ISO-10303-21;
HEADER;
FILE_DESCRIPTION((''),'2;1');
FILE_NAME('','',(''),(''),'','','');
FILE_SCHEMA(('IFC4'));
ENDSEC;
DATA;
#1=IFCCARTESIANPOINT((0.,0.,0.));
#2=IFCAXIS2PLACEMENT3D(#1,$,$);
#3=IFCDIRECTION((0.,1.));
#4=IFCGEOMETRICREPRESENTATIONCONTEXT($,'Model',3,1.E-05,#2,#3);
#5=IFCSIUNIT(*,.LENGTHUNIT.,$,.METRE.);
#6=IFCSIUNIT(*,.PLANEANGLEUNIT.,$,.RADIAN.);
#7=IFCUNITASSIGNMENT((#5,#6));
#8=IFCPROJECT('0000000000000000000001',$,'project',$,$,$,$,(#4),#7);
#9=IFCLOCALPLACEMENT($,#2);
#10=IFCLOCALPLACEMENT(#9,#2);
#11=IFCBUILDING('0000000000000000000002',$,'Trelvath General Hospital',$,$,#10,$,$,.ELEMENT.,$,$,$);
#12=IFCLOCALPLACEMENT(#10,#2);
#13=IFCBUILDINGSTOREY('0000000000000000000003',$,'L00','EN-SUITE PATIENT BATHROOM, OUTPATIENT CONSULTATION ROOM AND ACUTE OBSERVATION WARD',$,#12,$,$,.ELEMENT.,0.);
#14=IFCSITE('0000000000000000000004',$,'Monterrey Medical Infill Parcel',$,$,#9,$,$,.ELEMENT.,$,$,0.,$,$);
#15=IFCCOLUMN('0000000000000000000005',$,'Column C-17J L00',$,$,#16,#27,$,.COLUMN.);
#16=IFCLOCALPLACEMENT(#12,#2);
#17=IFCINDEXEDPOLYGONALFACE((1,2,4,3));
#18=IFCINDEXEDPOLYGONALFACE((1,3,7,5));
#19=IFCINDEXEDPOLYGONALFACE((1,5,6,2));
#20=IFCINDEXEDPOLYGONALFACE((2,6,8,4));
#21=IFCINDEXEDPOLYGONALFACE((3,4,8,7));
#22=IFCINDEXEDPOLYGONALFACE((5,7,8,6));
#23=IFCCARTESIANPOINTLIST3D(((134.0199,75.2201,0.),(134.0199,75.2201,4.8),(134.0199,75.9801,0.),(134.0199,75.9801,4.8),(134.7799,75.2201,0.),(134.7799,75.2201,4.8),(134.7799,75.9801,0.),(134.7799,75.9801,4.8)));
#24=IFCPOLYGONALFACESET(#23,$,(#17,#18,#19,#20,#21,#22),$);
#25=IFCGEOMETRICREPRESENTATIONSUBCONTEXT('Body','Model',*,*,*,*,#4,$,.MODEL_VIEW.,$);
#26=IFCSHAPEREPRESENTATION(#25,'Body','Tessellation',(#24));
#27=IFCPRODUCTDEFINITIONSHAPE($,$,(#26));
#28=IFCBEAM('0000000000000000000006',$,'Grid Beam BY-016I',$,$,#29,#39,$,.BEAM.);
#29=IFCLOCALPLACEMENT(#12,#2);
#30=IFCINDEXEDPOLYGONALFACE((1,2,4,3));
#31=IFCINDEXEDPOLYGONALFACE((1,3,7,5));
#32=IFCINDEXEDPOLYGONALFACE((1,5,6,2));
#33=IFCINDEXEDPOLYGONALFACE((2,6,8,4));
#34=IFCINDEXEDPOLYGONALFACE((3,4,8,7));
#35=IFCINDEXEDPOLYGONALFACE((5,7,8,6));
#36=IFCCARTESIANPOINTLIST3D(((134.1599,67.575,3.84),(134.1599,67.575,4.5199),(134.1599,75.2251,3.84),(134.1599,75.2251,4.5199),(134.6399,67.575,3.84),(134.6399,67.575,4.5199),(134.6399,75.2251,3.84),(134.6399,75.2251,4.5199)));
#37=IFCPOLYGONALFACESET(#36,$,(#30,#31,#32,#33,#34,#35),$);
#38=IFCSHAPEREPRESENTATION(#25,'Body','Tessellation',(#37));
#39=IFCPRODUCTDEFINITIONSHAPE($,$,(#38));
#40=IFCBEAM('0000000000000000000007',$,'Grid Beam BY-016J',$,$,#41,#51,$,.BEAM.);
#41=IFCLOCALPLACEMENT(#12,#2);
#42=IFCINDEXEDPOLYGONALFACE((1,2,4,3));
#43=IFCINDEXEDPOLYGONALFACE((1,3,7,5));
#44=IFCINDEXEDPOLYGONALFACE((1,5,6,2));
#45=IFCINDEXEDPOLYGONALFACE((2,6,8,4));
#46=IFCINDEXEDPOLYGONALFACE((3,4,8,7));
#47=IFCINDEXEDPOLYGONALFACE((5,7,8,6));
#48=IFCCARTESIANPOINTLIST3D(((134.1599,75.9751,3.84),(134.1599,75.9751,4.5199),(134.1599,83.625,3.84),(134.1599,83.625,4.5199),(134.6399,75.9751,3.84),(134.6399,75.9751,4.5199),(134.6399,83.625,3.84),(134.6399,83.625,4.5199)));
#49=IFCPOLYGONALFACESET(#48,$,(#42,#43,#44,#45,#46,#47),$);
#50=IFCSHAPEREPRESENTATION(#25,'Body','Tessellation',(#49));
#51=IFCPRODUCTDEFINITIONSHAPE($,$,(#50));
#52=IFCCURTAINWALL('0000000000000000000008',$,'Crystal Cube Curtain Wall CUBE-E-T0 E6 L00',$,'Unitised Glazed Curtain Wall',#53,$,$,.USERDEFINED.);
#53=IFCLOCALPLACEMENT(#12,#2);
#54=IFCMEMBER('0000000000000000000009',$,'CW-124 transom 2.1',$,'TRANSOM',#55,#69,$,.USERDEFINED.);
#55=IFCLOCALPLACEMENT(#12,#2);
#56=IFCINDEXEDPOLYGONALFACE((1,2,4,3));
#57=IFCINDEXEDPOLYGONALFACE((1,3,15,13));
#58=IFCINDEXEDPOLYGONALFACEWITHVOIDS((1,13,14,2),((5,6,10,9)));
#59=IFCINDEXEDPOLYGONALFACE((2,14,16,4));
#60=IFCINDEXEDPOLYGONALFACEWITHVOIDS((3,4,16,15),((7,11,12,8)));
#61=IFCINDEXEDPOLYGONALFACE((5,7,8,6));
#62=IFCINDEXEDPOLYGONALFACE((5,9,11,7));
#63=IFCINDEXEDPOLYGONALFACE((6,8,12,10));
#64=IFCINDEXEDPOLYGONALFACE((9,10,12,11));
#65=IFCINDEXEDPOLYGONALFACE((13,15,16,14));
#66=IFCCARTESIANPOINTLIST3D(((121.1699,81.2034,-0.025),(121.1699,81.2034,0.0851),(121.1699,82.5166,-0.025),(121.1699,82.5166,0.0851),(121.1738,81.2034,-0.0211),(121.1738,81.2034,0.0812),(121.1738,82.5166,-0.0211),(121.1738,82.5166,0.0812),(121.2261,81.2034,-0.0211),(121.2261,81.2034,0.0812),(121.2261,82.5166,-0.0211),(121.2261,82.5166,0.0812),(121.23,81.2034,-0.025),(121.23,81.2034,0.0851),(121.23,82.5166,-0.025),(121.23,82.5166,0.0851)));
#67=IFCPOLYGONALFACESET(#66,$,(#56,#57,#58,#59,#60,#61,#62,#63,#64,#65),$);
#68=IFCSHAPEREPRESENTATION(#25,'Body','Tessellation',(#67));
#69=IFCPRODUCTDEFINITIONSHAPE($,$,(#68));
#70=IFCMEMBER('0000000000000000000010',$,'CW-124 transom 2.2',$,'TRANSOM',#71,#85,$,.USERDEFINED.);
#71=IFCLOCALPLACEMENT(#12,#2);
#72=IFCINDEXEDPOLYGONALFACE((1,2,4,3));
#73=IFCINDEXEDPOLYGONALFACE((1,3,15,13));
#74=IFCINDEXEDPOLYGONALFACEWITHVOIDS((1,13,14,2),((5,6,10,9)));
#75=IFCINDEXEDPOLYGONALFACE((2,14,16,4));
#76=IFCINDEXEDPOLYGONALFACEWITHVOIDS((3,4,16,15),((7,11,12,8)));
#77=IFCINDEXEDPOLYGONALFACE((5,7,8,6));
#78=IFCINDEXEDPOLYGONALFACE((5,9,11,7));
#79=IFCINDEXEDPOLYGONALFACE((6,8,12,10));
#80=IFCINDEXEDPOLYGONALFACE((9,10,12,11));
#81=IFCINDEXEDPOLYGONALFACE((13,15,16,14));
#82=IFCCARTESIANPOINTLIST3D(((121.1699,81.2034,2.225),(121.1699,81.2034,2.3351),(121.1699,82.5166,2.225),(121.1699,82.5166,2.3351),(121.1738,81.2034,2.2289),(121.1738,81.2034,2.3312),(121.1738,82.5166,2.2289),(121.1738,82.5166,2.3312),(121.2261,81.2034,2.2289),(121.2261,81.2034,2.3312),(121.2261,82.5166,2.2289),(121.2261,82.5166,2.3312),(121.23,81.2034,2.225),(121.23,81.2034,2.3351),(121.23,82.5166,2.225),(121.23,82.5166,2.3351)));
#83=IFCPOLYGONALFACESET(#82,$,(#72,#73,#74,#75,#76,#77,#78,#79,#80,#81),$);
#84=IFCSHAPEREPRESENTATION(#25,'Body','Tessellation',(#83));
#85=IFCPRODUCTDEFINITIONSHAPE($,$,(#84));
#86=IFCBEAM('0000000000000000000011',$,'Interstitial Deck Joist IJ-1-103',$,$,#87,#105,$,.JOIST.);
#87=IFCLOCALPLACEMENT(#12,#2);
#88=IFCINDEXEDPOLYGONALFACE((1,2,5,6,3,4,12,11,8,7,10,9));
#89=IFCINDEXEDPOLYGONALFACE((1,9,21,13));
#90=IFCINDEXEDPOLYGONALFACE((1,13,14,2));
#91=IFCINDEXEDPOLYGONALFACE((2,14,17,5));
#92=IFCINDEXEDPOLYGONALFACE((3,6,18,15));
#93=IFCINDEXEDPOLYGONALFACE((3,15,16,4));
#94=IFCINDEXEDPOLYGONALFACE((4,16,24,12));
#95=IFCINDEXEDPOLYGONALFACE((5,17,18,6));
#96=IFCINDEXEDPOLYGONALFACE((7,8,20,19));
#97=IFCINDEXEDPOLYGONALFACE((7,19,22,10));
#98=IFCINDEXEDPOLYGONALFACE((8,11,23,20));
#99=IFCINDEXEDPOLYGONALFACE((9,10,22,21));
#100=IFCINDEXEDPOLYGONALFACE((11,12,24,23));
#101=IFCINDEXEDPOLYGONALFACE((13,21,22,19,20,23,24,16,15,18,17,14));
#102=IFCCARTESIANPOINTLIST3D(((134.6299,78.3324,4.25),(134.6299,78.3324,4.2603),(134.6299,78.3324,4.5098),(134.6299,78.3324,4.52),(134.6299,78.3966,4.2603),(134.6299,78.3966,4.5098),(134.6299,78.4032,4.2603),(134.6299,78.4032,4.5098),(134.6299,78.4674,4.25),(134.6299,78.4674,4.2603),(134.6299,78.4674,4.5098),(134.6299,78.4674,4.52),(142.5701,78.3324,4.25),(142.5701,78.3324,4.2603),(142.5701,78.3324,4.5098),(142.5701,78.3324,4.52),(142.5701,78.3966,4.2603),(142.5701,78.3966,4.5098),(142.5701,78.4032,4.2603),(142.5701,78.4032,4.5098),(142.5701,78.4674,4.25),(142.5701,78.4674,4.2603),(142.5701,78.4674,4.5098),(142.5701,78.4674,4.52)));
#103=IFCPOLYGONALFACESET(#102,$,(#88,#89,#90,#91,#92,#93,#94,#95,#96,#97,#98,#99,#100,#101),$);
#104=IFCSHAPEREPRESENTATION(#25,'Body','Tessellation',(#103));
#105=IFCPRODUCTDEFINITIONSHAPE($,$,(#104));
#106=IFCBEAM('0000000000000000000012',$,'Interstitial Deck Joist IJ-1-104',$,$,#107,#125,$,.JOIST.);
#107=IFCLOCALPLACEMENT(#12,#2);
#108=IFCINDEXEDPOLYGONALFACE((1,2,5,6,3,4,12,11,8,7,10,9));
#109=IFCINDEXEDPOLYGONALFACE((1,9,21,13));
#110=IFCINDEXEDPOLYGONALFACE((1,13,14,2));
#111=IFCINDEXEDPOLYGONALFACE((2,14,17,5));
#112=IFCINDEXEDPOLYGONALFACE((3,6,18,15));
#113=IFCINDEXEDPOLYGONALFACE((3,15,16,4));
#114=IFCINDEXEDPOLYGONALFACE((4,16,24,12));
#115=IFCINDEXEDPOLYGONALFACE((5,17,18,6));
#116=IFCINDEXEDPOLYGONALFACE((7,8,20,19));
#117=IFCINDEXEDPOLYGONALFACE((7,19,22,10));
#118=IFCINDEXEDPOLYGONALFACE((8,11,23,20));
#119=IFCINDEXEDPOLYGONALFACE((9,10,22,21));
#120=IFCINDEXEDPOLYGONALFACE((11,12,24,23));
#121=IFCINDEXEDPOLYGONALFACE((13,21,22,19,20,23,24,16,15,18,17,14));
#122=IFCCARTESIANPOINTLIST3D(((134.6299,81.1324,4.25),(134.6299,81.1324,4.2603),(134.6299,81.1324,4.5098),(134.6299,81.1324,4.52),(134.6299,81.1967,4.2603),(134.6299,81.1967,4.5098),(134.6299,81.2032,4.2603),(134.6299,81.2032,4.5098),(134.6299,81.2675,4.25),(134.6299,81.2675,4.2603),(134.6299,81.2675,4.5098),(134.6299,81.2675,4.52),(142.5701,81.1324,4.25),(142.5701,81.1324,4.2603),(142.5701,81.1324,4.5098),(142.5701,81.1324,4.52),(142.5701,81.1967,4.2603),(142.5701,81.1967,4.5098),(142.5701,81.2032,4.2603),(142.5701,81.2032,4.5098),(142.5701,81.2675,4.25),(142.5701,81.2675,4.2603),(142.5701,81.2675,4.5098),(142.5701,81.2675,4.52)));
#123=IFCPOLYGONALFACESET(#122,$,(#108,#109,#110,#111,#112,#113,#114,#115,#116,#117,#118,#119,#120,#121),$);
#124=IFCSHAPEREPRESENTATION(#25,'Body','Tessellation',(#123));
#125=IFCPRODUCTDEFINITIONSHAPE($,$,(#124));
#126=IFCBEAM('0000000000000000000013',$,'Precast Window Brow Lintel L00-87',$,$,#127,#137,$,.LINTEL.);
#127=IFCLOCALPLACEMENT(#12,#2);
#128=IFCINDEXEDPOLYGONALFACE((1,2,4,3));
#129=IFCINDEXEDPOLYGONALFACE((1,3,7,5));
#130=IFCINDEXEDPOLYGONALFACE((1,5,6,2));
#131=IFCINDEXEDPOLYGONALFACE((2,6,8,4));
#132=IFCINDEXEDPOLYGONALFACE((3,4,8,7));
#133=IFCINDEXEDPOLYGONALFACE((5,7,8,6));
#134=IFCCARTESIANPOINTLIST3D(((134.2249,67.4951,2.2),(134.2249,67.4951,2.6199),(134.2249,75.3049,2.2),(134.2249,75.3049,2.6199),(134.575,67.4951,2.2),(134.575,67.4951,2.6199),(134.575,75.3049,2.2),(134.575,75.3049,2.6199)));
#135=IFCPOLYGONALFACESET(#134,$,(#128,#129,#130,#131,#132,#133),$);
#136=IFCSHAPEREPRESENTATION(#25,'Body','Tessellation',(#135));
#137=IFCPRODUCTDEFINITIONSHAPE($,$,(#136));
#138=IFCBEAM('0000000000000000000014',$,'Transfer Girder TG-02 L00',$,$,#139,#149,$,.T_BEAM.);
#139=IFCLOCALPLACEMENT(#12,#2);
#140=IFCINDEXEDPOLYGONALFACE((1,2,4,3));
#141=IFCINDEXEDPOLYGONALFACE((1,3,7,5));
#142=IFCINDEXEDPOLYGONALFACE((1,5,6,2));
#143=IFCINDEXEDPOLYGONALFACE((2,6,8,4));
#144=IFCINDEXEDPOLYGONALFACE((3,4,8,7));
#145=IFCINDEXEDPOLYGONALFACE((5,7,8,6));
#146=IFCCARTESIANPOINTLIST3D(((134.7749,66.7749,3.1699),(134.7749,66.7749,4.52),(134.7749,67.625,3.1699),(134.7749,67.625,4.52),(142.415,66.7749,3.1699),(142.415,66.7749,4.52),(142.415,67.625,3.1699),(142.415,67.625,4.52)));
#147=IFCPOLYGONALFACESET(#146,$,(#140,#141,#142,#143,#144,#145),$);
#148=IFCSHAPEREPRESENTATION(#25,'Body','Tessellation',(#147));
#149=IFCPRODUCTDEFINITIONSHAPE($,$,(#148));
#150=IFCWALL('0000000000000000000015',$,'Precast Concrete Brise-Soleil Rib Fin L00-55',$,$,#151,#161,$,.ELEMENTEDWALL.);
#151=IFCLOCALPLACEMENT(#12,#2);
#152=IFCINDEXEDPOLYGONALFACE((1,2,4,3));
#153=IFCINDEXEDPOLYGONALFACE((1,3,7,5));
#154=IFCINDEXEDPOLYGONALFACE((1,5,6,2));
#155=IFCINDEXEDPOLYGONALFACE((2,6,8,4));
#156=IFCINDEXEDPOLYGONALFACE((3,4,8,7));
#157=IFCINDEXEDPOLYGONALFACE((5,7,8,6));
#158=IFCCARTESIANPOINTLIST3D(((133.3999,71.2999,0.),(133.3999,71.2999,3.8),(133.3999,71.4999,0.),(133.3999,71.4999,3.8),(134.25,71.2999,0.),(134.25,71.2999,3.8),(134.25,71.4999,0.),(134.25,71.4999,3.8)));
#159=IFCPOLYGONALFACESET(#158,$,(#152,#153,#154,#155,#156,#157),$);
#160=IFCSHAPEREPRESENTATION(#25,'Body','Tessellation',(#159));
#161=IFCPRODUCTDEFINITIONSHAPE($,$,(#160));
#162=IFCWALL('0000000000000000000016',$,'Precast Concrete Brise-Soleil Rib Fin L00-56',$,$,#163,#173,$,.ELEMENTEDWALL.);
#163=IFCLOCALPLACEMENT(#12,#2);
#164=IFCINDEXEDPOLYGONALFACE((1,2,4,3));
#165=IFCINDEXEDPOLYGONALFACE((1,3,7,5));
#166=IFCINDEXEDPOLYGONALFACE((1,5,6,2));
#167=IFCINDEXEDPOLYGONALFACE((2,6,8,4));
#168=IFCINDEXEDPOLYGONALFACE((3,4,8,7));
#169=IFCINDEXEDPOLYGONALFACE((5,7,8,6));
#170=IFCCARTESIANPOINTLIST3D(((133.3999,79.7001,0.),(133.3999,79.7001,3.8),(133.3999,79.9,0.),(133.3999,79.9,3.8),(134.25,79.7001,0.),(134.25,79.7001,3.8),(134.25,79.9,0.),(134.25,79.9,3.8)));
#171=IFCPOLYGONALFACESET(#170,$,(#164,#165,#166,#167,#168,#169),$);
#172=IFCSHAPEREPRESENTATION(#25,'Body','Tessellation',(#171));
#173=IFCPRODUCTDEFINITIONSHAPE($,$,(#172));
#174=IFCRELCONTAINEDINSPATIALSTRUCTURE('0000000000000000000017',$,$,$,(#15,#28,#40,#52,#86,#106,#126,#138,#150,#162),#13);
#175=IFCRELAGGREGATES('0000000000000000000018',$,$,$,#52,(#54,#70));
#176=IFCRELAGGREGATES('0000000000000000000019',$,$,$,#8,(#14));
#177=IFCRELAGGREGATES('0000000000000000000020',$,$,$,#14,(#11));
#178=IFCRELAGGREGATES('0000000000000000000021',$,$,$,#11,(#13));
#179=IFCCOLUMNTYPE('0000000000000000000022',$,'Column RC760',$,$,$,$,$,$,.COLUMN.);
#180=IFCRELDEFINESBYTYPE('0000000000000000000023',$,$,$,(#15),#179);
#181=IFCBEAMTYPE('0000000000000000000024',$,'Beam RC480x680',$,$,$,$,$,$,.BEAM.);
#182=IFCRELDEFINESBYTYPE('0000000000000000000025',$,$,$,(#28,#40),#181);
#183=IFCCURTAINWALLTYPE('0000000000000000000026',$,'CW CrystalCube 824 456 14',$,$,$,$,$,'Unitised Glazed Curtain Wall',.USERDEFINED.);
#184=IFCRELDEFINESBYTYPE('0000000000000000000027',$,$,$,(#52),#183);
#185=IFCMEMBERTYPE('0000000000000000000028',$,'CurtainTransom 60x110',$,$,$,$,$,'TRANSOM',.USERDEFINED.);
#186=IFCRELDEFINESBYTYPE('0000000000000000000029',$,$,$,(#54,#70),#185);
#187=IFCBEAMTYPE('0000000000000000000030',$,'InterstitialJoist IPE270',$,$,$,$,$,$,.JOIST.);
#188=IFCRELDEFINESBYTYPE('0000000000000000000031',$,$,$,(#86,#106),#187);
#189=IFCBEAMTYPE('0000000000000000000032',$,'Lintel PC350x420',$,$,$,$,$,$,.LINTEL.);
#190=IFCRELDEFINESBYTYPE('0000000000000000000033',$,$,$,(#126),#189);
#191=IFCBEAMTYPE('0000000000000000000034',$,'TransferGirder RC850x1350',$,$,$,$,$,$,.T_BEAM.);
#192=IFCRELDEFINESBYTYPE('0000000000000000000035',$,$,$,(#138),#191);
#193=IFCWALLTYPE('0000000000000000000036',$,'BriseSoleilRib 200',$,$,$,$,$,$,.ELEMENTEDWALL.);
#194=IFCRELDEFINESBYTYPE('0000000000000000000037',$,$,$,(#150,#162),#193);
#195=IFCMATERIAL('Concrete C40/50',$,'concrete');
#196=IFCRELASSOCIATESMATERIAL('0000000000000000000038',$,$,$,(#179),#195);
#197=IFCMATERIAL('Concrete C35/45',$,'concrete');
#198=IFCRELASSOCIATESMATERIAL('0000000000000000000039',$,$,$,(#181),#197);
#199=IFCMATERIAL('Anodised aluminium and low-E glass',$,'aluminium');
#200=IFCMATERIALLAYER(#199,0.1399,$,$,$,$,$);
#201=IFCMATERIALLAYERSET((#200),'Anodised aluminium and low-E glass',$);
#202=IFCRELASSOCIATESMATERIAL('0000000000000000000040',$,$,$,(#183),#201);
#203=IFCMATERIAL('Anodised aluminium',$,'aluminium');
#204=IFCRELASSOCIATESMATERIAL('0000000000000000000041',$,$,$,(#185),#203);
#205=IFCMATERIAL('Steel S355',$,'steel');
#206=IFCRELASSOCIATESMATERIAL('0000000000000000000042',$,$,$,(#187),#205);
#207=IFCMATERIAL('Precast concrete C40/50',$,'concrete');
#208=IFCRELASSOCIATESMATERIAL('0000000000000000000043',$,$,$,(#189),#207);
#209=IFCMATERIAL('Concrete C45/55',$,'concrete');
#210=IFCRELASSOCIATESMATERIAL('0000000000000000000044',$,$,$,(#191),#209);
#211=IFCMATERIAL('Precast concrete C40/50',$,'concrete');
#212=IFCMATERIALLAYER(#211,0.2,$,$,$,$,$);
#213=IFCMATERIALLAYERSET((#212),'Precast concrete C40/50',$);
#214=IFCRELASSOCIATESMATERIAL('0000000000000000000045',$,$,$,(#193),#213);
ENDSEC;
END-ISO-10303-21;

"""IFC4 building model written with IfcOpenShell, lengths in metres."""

from ifc_helpers import new_model, si_unit, direction, frame, frame_2d, origin, origin_2d, place, context, subcontext, project, spatial, rectangle, hollow_rectangle, i_section, extrude, material, layer, layer_set, material_profile, profile_set, type_object, element, aggregate, save


model = new_model("IFC4")

# Units and contexts
model_context = context("Model", 3, precision=1e-05, world=origin(), true_north=direction((0.0, 1.0)))
body_context = subcontext(model_context, "Body", "Model", "MODEL_VIEW")
ifc_project = project(units=[si_unit("LENGTHUNIT", "METRE"), si_unit("PLANEANGLEUNIT", "RADIAN")], contexts=[model_context])

# Site, building, storey
site_placement = place(None, origin())
site = spatial("IfcSite", under=ifc_project, at=site_placement, Name="Monterrey Medical Infill Parcel", CompositionType="ELEMENT", RefElevation=0.0)
building_placement = place(site_placement, origin())
building = spatial("IfcBuilding", under=site, at=building_placement, Name="Trelvath General Hospital", CompositionType="ELEMENT")
storey_placement = place(building_placement, origin())
storey = spatial("IfcBuildingStorey", under=building, at=storey_placement, Name="L00", Description="EN-SUITE PATIENT BATHROOM, OUTPATIENT CONSULTATION ROOM AND ACUTE OBSERVATION WARD", CompositionType="ELEMENT", Elevation=0.0)

# Column
ifc_material_1 = material(Name="Concrete C40/50", Category="concrete")
ifc_material_profile_1 = material_profile(ifc_material_1, rectangle(XDim=0.76, YDim=0.76, at=origin_2d()), Name="RC760x760")
ifc_profile_set_1 = profile_set([ifc_material_profile_1], Name="Concrete C40/50")
column_type = type_object("IfcColumnType", Name="Column RC760", PredefinedType="COLUMN", material=ifc_profile_set_1)
column_placement = place(storey_placement, frame((134.3999, 75.6001, 0.0), z_axis=(0.0, 0.0, 1.0), x_axis=(1.0, 0.0, 0.0)))
element("IfcColumn", 1, at=column_placement, inside=storey, type_object=column_type, Name="Column C-17J L00", PredefinedType="COLUMN", context=body_context, shape_type="SweptSolid", body=[
    extrude(rectangle(XDim=0.76, YDim=0.76, at=origin_2d()), origin(), (0.0, 0.0, 1.0), 4.8),
])

# Beams
ifc_material_2 = material(Name="Concrete C35/45", Category="concrete")
ifc_material_profile_2 = material_profile(ifc_material_2, rectangle(XDim=0.48, YDim=0.6799, at=origin_2d()), Name="RCB480x680")
ifc_profile_set_2 = profile_set([ifc_material_profile_2], Name="Concrete C35/45")
beam_type_1 = type_object("IfcBeamType", Name="Beam RC480x680", PredefinedType="BEAM", material=ifc_profile_set_2)
beam_1_placement = place(storey_placement, frame((134.3999, 67.575, 4.1799), z_axis=(0.0, 1.0, 0.0), x_axis=(-1.0, 0.0, 0.0)))
element("IfcBeam", 2, at=beam_1_placement, inside=storey, type_object=beam_type_1, Name="Grid Beam BY-016I", PredefinedType="BEAM", context=body_context, shape_type="SweptSolid", body=[
    extrude(rectangle(XDim=0.48, YDim=0.6799, at=origin_2d()), origin(), (0.0, 0.0, 1.0), 7.6501),
])
beam_2_placement = place(storey_placement, frame((134.3999, 75.9751, 4.1799), z_axis=(0.0, 1.0, 0.0), x_axis=(-1.0, 0.0, 0.0)))
element("IfcBeam", 3, at=beam_2_placement, inside=storey, type_object=beam_type_1, Name="Grid Beam BY-016J", PredefinedType="BEAM", context=body_context, shape_type="SweptSolid", body=[
    extrude(rectangle(XDim=0.48, YDim=0.6799, at=origin_2d()), origin(), (0.0, 0.0, 1.0), 7.6499),
])

# Curtain wall, members
ifc_material_3 = material(Name="Anodised aluminium and low-E glass", Category="aluminium")
ifc_layer_1 = layer(ifc_material_3, 0.1399)
ifc_layer_set_1 = layer_set([ifc_layer_1], Name="Anodised aluminium and low-E glass")
curtain_wall_type = type_object("IfcCurtainWallType", Name="CW CrystalCube 824 456 14", ElementType="Unitised Glazed Curtain Wall", PredefinedType="USERDEFINED", material=ifc_layer_set_1)
curtain_wall_placement = place(storey_placement, origin())
curtain_wall = element("IfcCurtainWall", 4, at=curtain_wall_placement, inside=storey, type_object=curtain_wall_type, Name="Crystal Cube Curtain Wall CUBE-E-T0 E6 L00", ObjectType="Unitised Glazed Curtain Wall", PredefinedType="USERDEFINED")
ifc_material_4 = material(Name="Anodised aluminium", Category="aluminium")
ifc_material_profile_3 = material_profile(ifc_material_4, hollow_rectangle(XDim=0.0601, YDim=0.1101, WallThickness=0.0039, at=origin_2d()), Name="RHS60x110x4")
ifc_profile_set_3 = profile_set([ifc_material_profile_3], Name="Anodised aluminium")
member_type = type_object("IfcMemberType", Name="CurtainTransom 60x110", ElementType="TRANSOM", PredefinedType="USERDEFINED", material=ifc_profile_set_3)
member_1_placement = place(storey_placement, frame((121.2, 82.5166, 0.03), z_axis=(0.0, -1.0, 0.0), x_axis=(1.0, 0.0, 0.0)))
member_1 = element("IfcMember", 5, at=member_1_placement, type_object=member_type, Name="CW-124 transom 2.1", ObjectType="TRANSOM", PredefinedType="USERDEFINED", context=body_context, shape_type="SweptSolid", body=[
    extrude(hollow_rectangle(XDim=0.0601, YDim=0.1101, WallThickness=0.0039, at=origin_2d()), origin(), (0.0, 0.0, 1.0), 1.3132),
])
member_2_placement = place(storey_placement, frame((121.2, 82.5166, 2.28), z_axis=(0.0, -1.0, 0.0), x_axis=(1.0, 0.0, 0.0)))
member_2 = element("IfcMember", 6, at=member_2_placement, type_object=member_type, Name="CW-124 transom 2.2", ObjectType="TRANSOM", PredefinedType="USERDEFINED", context=body_context, shape_type="SweptSolid", body=[
    extrude(hollow_rectangle(XDim=0.0601, YDim=0.1101, WallThickness=0.0039, at=origin_2d()), origin(), (0.0, 0.0, 1.0), 1.3132),
])
aggregate(curtain_wall, [member_1, member_2])

# Beams
ifc_material_5 = material(Name="Steel S355", Category="steel")
ifc_material_profile_4 = material_profile(ifc_material_5, i_section(OverallWidth=0.135, OverallDepth=0.27, WebThickness=0.0066, FlangeThickness=0.0103, at=origin_2d()), Name="IPE270")
ifc_profile_set_4 = profile_set([ifc_material_profile_4], Name="Steel S355")
beam_type_2 = type_object("IfcBeamType", Name="InterstitialJoist IPE270", PredefinedType="JOIST", material=ifc_profile_set_4)
for number, where, z_axis, x_axis, name in (
    (7, (134.6299, 78.3999, 4.385), (1.0, 0.0, 0.0), (0.0, 1.0, 0.0), "Interstitial Deck Joist IJ-1-103"),
    (8, (134.6299, 81.2, 4.385), (1.0, 0.0, 0.0), (0.0, 1.0, 0.0), "Interstitial Deck Joist IJ-1-104"),
):
    element("IfcBeam", number, at=place(storey_placement, frame(where, z_axis=z_axis, x_axis=x_axis)), inside=storey, type_object=beam_type_2, Name=name, PredefinedType="JOIST", context=body_context, shape_type="SweptSolid", body=[
        extrude(i_section(OverallWidth=0.135, OverallDepth=0.27, WebThickness=0.0066, FlangeThickness=0.0103, at=origin_2d()), origin(), (0.0, 0.0, 1.0), 7.9402),
    ])
ifc_material_6 = material(Name="Precast concrete C40/50", Category="concrete")
ifc_material_profile_5 = material_profile(ifc_material_6, rectangle(XDim=0.3501, YDim=0.4199, at=origin_2d()), Name="PCL350x420")
ifc_profile_set_5 = profile_set([ifc_material_profile_5], Name="Precast concrete C40/50")
beam_type_3 = type_object("IfcBeamType", Name="Lintel PC350x420", PredefinedType="LINTEL", material=ifc_profile_set_5)
beam_3_placement = place(storey_placement, frame((134.3999, 67.4951, 2.4099), z_axis=(0.0, 1.0, 0.0), x_axis=(-1.0, 0.0, 0.0)))
element("IfcBeam", 9, at=beam_3_placement, inside=storey, type_object=beam_type_3, Name="Precast Window Brow Lintel L00-87", PredefinedType="LINTEL", context=body_context, shape_type="SweptSolid", body=[
    extrude(rectangle(XDim=0.3501, YDim=0.4199, at=origin_2d()), origin(), (0.0, 0.0, 1.0), 7.8098),
])
ifc_material_7 = material(Name="Concrete C45/55", Category="concrete")
ifc_material_profile_6 = material_profile(ifc_material_7, rectangle(XDim=0.8501, YDim=1.3501, at=origin_2d()), Name="RCB850x1350")
ifc_profile_set_6 = profile_set([ifc_material_profile_6], Name="Concrete C45/55")
beam_type_4 = type_object("IfcBeamType", Name="TransferGirder RC850x1350", PredefinedType="T_BEAM", material=ifc_profile_set_6)
beam_4_placement = place(storey_placement, frame((134.7749, 67.2, 3.845), z_axis=(1.0, 0.0, 0.0), x_axis=(0.0, 1.0, 0.0)))
element("IfcBeam", 10, at=beam_4_placement, inside=storey, type_object=beam_type_4, Name="Transfer Girder TG-02 L00", PredefinedType="T_BEAM", context=body_context, shape_type="SweptSolid", body=[
    extrude(rectangle(XDim=0.8501, YDim=1.3501, at=origin_2d()), origin(), (0.0, 0.0, 1.0), 7.6401),
])

# Walls
ifc_material_8 = material(Name="Precast concrete C40/50", Category="concrete")
ifc_layer_2 = layer(ifc_material_8, 0.2)
ifc_layer_set_2 = layer_set([ifc_layer_2], Name="Precast concrete C40/50")
wall_type_1 = type_object("IfcWallType", Name="BriseSoleilRib 200", PredefinedType="ELEMENTEDWALL", material=ifc_layer_set_2)
for number, where, z_axis, x_axis, name in (
    (11, (134.25, 71.3999, 0.0), (0.0, 0.0, 1.0), (-1.0, 0.0, 0.0), "Precast Concrete Brise-Soleil Rib Fin L00-55"),
    (12, (134.25, 79.8, 0.0), (0.0, 0.0, 1.0), (-1.0, 0.0, 0.0), "Precast Concrete Brise-Soleil Rib Fin L00-56"),
):
    element("IfcWall", number, at=place(storey_placement, frame(where, z_axis=z_axis, x_axis=x_axis)), inside=storey, type_object=wall_type_1, Name=name, PredefinedType="ELEMENTEDWALL", context=body_context, shape_type="SweptSolid", body=[
        extrude(rectangle(XDim=0.8501, YDim=0.2, at=frame_2d((0.425, 0.0))), origin(), (0.0, 0.0, 1.0), 3.8),
    ])

save(model, "model.ifc")
